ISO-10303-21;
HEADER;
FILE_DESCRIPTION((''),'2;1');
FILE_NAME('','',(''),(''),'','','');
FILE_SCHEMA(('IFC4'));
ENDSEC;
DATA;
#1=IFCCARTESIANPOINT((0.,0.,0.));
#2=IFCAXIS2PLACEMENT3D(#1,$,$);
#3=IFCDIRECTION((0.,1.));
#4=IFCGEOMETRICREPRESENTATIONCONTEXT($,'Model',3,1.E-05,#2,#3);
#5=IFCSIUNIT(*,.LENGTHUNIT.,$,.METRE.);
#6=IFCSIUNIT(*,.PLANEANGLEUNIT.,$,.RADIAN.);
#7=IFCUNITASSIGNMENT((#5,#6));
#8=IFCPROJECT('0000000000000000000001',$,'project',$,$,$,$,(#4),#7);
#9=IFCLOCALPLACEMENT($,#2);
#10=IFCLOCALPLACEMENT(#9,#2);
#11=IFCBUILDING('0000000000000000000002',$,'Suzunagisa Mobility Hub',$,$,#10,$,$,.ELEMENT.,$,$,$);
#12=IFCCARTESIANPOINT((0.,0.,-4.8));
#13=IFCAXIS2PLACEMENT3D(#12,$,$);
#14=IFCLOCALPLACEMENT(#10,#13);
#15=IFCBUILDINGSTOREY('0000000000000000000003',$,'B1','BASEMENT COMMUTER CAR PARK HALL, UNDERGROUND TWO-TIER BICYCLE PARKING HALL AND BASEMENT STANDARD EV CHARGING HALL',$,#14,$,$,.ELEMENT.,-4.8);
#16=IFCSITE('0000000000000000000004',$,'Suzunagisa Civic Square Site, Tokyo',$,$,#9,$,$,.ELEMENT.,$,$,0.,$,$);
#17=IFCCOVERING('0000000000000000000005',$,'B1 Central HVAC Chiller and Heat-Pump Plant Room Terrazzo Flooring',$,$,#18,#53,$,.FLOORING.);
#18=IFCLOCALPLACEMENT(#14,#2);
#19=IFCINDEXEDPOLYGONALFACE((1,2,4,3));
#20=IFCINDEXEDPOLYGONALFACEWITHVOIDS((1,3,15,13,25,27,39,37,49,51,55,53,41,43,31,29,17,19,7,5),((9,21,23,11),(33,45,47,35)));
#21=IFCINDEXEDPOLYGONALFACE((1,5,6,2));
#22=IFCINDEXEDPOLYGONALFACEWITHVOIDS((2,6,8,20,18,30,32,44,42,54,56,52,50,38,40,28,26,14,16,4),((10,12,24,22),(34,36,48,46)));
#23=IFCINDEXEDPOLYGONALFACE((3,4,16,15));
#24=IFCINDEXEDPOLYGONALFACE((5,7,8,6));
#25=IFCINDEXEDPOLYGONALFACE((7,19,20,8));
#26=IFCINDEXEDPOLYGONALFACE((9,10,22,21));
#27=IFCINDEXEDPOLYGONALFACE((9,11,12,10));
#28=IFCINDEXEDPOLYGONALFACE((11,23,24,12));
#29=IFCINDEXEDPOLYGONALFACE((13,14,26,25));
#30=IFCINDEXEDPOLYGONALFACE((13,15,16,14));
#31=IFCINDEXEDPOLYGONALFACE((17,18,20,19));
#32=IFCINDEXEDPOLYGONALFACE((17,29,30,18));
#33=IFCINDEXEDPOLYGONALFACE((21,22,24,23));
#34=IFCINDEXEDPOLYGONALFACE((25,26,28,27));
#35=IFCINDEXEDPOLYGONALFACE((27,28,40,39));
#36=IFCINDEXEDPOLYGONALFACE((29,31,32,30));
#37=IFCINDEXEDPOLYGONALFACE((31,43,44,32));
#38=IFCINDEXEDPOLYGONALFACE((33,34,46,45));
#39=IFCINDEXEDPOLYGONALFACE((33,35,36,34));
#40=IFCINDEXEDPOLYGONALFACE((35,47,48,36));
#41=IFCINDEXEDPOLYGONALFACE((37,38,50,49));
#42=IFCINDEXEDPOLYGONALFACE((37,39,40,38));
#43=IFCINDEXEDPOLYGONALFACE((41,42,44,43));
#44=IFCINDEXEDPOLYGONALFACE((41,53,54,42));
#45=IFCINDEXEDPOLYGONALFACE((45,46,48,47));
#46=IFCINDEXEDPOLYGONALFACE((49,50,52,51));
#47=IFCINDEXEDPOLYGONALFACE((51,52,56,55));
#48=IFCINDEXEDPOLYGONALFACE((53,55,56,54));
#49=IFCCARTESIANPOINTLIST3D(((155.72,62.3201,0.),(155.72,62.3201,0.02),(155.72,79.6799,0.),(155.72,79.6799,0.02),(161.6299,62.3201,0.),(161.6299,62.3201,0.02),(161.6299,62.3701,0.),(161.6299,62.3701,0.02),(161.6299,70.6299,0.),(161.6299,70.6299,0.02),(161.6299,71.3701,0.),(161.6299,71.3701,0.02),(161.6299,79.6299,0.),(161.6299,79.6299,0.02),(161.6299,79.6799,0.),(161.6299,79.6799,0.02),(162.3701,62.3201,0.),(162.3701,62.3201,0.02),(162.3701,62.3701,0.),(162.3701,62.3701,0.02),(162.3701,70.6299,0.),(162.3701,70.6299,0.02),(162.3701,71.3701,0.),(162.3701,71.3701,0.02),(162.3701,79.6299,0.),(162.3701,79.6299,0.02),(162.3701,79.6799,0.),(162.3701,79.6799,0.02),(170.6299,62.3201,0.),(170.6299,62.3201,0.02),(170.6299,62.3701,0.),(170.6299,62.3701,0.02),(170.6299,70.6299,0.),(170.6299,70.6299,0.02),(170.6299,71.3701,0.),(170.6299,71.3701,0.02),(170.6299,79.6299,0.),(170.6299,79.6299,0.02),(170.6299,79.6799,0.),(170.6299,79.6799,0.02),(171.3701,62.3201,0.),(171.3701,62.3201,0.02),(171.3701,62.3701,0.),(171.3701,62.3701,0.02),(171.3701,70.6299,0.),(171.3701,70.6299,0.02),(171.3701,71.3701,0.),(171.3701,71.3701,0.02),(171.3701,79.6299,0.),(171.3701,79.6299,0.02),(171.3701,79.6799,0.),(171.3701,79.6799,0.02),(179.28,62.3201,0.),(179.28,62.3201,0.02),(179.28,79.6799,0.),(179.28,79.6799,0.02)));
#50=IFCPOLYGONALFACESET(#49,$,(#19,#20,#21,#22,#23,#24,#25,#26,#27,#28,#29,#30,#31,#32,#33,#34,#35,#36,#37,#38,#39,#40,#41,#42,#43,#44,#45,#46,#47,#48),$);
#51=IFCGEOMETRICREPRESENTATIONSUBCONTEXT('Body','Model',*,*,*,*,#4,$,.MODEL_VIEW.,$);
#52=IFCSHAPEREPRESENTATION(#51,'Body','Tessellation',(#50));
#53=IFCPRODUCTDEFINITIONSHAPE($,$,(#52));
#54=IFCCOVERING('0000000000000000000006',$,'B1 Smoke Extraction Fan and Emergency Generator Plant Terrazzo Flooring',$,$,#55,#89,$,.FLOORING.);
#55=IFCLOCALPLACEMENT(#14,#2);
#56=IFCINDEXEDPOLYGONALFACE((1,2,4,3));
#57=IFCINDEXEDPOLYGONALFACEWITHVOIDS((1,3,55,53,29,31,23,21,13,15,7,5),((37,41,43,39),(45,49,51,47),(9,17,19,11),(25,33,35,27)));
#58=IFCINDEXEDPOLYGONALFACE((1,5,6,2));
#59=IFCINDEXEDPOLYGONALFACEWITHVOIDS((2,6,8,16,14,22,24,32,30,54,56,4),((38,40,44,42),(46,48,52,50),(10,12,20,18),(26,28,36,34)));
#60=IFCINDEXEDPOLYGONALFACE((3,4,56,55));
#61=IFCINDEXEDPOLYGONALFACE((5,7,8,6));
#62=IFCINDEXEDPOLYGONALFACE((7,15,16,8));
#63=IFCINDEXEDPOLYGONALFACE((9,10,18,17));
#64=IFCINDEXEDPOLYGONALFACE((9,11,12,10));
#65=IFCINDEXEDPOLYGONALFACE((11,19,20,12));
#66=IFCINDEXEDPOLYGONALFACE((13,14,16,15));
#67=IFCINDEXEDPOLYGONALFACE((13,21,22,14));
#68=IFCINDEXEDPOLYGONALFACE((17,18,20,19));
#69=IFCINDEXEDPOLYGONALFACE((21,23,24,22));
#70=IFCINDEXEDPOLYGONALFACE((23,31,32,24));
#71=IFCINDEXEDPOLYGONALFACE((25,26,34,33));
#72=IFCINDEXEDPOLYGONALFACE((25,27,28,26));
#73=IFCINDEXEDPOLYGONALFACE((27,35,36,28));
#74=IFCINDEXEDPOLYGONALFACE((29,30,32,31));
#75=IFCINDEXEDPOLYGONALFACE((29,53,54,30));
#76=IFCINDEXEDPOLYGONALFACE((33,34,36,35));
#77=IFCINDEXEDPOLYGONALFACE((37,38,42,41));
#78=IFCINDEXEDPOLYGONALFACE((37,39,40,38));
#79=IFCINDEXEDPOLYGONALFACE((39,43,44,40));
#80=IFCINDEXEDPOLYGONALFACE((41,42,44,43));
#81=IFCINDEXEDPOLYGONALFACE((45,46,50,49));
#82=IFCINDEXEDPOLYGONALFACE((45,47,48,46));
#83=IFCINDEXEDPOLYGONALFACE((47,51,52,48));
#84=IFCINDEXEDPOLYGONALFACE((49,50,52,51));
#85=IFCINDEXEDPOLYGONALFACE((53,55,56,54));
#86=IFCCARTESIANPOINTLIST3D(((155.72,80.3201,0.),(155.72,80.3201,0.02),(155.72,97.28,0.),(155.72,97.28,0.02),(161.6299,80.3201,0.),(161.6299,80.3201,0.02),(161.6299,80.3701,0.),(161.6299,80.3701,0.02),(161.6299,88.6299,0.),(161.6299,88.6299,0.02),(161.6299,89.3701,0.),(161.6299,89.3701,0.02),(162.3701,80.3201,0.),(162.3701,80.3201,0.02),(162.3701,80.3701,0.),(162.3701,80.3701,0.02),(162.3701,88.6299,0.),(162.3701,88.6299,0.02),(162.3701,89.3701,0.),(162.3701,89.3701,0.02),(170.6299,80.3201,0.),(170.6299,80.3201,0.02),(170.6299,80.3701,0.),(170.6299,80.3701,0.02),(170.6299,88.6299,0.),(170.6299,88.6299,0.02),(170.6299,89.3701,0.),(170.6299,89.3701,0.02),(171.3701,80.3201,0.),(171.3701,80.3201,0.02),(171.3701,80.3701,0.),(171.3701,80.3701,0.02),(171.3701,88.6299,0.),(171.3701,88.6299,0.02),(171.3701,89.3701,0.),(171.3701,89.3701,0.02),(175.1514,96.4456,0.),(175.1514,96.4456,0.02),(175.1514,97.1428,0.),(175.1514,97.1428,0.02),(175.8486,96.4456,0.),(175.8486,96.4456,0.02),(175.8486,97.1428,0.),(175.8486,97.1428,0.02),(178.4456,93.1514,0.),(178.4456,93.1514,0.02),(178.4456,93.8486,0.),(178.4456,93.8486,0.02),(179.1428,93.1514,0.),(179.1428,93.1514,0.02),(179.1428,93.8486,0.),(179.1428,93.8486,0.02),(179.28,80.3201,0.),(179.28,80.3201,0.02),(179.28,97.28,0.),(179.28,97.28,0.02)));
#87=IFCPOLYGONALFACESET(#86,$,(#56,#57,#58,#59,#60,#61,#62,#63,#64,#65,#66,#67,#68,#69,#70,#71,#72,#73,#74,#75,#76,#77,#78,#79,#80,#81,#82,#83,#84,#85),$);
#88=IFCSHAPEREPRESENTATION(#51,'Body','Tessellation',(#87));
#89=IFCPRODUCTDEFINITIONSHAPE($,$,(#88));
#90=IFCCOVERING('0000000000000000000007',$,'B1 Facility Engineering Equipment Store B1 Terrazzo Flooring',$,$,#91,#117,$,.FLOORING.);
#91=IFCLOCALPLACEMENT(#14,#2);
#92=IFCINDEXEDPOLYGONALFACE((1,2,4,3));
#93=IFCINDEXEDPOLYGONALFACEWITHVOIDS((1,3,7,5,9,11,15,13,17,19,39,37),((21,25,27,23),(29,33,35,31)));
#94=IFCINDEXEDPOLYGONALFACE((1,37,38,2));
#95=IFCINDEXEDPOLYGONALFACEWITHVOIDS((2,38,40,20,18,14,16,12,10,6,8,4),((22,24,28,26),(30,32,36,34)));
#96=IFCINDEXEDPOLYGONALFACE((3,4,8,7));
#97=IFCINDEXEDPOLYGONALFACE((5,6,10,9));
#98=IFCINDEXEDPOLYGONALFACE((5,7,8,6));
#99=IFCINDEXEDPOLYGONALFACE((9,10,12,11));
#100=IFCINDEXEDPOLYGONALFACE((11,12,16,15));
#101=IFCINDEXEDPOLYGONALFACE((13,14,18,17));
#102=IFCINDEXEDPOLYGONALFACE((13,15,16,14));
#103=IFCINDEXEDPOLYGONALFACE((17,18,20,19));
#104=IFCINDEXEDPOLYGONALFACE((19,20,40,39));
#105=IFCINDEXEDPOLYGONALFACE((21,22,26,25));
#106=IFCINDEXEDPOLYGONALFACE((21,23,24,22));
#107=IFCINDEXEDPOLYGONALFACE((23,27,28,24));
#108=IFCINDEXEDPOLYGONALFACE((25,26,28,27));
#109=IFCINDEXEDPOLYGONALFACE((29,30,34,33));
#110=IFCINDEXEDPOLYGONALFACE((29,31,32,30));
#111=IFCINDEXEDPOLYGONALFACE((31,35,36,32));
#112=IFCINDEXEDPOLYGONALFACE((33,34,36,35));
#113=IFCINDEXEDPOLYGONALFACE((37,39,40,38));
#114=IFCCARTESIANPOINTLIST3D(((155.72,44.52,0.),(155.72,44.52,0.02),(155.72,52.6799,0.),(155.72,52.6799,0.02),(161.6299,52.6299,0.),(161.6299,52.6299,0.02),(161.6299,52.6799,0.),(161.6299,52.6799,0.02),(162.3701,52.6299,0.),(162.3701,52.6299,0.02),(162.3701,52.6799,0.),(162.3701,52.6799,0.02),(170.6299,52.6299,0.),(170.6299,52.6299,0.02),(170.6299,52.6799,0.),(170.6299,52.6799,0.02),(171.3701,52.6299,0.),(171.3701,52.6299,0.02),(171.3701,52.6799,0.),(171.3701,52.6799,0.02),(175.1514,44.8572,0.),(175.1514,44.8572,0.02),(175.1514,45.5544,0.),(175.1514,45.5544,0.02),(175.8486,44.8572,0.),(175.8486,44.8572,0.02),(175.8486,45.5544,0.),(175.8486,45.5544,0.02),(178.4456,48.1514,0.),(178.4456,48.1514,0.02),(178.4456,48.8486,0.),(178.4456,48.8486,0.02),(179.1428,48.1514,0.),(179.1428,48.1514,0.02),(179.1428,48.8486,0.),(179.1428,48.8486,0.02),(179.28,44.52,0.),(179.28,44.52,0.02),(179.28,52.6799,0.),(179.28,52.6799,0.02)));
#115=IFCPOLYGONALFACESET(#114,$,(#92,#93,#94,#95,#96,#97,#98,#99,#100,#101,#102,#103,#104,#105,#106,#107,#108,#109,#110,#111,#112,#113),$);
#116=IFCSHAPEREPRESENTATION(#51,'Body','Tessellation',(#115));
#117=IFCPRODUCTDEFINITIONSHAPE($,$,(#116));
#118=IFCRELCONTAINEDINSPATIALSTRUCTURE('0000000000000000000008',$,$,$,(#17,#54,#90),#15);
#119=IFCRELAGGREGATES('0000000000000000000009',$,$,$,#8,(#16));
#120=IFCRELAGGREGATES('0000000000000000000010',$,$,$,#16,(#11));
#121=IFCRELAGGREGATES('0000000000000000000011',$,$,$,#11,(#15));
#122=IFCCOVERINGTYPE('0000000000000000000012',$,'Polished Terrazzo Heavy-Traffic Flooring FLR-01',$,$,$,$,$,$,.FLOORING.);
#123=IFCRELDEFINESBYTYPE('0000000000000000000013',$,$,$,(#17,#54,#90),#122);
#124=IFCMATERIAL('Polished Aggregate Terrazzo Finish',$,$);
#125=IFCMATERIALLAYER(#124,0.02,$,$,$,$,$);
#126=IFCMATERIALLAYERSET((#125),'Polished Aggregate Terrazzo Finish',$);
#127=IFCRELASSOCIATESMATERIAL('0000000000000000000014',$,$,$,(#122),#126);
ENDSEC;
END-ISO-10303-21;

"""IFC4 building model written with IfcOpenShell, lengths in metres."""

from ifc_helpers import new_model, si_unit, direction, frame, origin, place, context, subcontext, project, spatial, polyline, outline, extrude, material, layer, layer_set, type_object, element, save


model = new_model("IFC4")

# Units and contexts
model_context = context("Model", 3, precision=1e-05, world=origin(), true_north=direction((0.0, 1.0)))
body_context = subcontext(model_context, "Body", "Model", "MODEL_VIEW")
ifc_project = project(units=[si_unit("LENGTHUNIT", "METRE"), si_unit("PLANEANGLEUNIT", "RADIAN")], contexts=[model_context])

# Site, building, storey
site_placement = place(None, origin())
site = spatial("IfcSite", under=ifc_project, at=site_placement, Name="Suzunagisa Civic Square Site, Tokyo", CompositionType="ELEMENT", RefElevation=0.0)
building_placement = place(site_placement, origin())
building = spatial("IfcBuilding", under=site, at=building_placement, Name="Suzunagisa Mobility Hub", CompositionType="ELEMENT")
storey_placement = place(building_placement, frame((0.0, 0.0, -4.8)))
storey = spatial("IfcBuildingStorey", under=building, at=storey_placement, Name="B1", Description="BASEMENT COMMUTER CAR PARK HALL, UNDERGROUND TWO-TIER BICYCLE PARKING HALL AND BASEMENT STANDARD EV CHARGING HALL", CompositionType="ELEMENT", Elevation=-4.8)

# Coverings
ifc_material_1 = material(Name="Polished Aggregate Terrazzo Finish")
ifc_layer_1 = layer(ifc_material_1, 0.02)
ifc_layer_set_1 = layer_set([ifc_layer_1], Name="Polished Aggregate Terrazzo Finish")
covering_type_1 = type_object("IfcCoveringType", Name="Polished Terrazzo Heavy-Traffic Flooring FLR-01", PredefinedType="FLOORING", material=ifc_layer_set_1)
covering_1_placement = place(storey_placement, origin())
element("IfcCovering", 1, at=covering_1_placement, inside=storey, type_object=covering_type_1, Name="B1 Central HVAC Chiller and Heat-Pump Plant Room Terrazzo Flooring", PredefinedType="FLOORING", context=body_context, shape_type="SweptSolid", body=[
    extrude(outline(polyline([(170.6299, 62.3701), (170.6299, 62.3201), (162.3701, 62.3201), (162.3701, 62.3701), (161.6299, 62.3701), (161.6299, 62.3201), (155.72, 62.3201), (155.72, 79.6799), (161.6299, 79.6799), (161.6299, 79.6299), (162.3701, 79.6299), (162.3701, 79.6799), (170.6299, 79.6799), (170.6299, 79.6299), (171.3701, 79.6299), (171.3701, 79.6799), (179.28, 79.6799), (179.28, 62.3201), (171.3701, 62.3201), (171.3701, 62.3701), (170.6299, 62.3701)]), holes=[polyline([(162.3701, 70.6299), (162.3701, 71.3701), (161.6299, 71.3701), (161.6299, 70.6299), (162.3701, 70.6299)]), polyline([(171.3701, 71.3701), (170.6299, 71.3701), (170.6299, 70.6299), (171.3701, 70.6299), (171.3701, 71.3701)])]), origin(), (0.0, 0.0, 1.0), 0.02),
])
covering_2_placement = place(storey_placement, origin())
element("IfcCovering", 2, at=covering_2_placement, inside=storey, type_object=covering_type_1, Name="B1 Smoke Extraction Fan and Emergency Generator Plant Terrazzo Flooring", PredefinedType="FLOORING", context=body_context, shape_type="SweptSolid", body=[
    extrude(outline(polyline([(170.6299, 80.3701), (170.6299, 80.3201), (162.3701, 80.3201), (162.3701, 80.3701), (161.6299, 80.3701), (161.6299, 80.3201), (155.72, 80.3201), (155.72, 97.28), (179.28, 97.28), (179.28, 80.3201), (171.3701, 80.3201), (171.3701, 80.3701), (170.6299, 80.3701)]), holes=[polyline([(162.3701, 88.6299), (162.3701, 89.3701), (161.6299, 89.3701), (161.6299, 88.6299), (162.3701, 88.6299)]), polyline([(170.6299, 89.3701), (170.6299, 88.6299), (171.3701, 88.6299), (171.3701, 89.3701), (170.6299, 89.3701)]), polyline([(175.8486, 97.1428), (175.1514, 97.1428), (175.1514, 96.4456), (175.8486, 96.4456), (175.8486, 97.1428)]), polyline([(179.1428, 93.1514), (179.1428, 93.8486), (178.4456, 93.8486), (178.4456, 93.1514), (179.1428, 93.1514)])]), origin(), (0.0, 0.0, 1.0), 0.02),
])
covering_3_placement = place(storey_placement, origin())
element("IfcCovering", 3, at=covering_3_placement, inside=storey, type_object=covering_type_1, Name="B1 Facility Engineering Equipment Store B1 Terrazzo Flooring", PredefinedType="FLOORING", context=body_context, shape_type="SweptSolid", body=[
    extrude(outline(polyline([(170.6299, 52.6799), (170.6299, 52.6299), (171.3701, 52.6299), (171.3701, 52.6799), (179.28, 52.6799), (179.28, 44.52), (155.72, 44.52), (155.72, 52.6799), (161.6299, 52.6799), (161.6299, 52.6299), (162.3701, 52.6299), (162.3701, 52.6799), (170.6299, 52.6799)]), holes=[polyline([(175.8486, 45.5544), (175.1514, 45.5544), (175.1514, 44.8572), (175.8486, 44.8572), (175.8486, 45.5544)]), polyline([(179.1428, 48.1514), (179.1428, 48.8486), (178.4456, 48.8486), (178.4456, 48.1514), (179.1428, 48.1514)])]), origin(), (0.0, 0.0, 1.0), 0.02),
])

save(model, "model.ifc")
